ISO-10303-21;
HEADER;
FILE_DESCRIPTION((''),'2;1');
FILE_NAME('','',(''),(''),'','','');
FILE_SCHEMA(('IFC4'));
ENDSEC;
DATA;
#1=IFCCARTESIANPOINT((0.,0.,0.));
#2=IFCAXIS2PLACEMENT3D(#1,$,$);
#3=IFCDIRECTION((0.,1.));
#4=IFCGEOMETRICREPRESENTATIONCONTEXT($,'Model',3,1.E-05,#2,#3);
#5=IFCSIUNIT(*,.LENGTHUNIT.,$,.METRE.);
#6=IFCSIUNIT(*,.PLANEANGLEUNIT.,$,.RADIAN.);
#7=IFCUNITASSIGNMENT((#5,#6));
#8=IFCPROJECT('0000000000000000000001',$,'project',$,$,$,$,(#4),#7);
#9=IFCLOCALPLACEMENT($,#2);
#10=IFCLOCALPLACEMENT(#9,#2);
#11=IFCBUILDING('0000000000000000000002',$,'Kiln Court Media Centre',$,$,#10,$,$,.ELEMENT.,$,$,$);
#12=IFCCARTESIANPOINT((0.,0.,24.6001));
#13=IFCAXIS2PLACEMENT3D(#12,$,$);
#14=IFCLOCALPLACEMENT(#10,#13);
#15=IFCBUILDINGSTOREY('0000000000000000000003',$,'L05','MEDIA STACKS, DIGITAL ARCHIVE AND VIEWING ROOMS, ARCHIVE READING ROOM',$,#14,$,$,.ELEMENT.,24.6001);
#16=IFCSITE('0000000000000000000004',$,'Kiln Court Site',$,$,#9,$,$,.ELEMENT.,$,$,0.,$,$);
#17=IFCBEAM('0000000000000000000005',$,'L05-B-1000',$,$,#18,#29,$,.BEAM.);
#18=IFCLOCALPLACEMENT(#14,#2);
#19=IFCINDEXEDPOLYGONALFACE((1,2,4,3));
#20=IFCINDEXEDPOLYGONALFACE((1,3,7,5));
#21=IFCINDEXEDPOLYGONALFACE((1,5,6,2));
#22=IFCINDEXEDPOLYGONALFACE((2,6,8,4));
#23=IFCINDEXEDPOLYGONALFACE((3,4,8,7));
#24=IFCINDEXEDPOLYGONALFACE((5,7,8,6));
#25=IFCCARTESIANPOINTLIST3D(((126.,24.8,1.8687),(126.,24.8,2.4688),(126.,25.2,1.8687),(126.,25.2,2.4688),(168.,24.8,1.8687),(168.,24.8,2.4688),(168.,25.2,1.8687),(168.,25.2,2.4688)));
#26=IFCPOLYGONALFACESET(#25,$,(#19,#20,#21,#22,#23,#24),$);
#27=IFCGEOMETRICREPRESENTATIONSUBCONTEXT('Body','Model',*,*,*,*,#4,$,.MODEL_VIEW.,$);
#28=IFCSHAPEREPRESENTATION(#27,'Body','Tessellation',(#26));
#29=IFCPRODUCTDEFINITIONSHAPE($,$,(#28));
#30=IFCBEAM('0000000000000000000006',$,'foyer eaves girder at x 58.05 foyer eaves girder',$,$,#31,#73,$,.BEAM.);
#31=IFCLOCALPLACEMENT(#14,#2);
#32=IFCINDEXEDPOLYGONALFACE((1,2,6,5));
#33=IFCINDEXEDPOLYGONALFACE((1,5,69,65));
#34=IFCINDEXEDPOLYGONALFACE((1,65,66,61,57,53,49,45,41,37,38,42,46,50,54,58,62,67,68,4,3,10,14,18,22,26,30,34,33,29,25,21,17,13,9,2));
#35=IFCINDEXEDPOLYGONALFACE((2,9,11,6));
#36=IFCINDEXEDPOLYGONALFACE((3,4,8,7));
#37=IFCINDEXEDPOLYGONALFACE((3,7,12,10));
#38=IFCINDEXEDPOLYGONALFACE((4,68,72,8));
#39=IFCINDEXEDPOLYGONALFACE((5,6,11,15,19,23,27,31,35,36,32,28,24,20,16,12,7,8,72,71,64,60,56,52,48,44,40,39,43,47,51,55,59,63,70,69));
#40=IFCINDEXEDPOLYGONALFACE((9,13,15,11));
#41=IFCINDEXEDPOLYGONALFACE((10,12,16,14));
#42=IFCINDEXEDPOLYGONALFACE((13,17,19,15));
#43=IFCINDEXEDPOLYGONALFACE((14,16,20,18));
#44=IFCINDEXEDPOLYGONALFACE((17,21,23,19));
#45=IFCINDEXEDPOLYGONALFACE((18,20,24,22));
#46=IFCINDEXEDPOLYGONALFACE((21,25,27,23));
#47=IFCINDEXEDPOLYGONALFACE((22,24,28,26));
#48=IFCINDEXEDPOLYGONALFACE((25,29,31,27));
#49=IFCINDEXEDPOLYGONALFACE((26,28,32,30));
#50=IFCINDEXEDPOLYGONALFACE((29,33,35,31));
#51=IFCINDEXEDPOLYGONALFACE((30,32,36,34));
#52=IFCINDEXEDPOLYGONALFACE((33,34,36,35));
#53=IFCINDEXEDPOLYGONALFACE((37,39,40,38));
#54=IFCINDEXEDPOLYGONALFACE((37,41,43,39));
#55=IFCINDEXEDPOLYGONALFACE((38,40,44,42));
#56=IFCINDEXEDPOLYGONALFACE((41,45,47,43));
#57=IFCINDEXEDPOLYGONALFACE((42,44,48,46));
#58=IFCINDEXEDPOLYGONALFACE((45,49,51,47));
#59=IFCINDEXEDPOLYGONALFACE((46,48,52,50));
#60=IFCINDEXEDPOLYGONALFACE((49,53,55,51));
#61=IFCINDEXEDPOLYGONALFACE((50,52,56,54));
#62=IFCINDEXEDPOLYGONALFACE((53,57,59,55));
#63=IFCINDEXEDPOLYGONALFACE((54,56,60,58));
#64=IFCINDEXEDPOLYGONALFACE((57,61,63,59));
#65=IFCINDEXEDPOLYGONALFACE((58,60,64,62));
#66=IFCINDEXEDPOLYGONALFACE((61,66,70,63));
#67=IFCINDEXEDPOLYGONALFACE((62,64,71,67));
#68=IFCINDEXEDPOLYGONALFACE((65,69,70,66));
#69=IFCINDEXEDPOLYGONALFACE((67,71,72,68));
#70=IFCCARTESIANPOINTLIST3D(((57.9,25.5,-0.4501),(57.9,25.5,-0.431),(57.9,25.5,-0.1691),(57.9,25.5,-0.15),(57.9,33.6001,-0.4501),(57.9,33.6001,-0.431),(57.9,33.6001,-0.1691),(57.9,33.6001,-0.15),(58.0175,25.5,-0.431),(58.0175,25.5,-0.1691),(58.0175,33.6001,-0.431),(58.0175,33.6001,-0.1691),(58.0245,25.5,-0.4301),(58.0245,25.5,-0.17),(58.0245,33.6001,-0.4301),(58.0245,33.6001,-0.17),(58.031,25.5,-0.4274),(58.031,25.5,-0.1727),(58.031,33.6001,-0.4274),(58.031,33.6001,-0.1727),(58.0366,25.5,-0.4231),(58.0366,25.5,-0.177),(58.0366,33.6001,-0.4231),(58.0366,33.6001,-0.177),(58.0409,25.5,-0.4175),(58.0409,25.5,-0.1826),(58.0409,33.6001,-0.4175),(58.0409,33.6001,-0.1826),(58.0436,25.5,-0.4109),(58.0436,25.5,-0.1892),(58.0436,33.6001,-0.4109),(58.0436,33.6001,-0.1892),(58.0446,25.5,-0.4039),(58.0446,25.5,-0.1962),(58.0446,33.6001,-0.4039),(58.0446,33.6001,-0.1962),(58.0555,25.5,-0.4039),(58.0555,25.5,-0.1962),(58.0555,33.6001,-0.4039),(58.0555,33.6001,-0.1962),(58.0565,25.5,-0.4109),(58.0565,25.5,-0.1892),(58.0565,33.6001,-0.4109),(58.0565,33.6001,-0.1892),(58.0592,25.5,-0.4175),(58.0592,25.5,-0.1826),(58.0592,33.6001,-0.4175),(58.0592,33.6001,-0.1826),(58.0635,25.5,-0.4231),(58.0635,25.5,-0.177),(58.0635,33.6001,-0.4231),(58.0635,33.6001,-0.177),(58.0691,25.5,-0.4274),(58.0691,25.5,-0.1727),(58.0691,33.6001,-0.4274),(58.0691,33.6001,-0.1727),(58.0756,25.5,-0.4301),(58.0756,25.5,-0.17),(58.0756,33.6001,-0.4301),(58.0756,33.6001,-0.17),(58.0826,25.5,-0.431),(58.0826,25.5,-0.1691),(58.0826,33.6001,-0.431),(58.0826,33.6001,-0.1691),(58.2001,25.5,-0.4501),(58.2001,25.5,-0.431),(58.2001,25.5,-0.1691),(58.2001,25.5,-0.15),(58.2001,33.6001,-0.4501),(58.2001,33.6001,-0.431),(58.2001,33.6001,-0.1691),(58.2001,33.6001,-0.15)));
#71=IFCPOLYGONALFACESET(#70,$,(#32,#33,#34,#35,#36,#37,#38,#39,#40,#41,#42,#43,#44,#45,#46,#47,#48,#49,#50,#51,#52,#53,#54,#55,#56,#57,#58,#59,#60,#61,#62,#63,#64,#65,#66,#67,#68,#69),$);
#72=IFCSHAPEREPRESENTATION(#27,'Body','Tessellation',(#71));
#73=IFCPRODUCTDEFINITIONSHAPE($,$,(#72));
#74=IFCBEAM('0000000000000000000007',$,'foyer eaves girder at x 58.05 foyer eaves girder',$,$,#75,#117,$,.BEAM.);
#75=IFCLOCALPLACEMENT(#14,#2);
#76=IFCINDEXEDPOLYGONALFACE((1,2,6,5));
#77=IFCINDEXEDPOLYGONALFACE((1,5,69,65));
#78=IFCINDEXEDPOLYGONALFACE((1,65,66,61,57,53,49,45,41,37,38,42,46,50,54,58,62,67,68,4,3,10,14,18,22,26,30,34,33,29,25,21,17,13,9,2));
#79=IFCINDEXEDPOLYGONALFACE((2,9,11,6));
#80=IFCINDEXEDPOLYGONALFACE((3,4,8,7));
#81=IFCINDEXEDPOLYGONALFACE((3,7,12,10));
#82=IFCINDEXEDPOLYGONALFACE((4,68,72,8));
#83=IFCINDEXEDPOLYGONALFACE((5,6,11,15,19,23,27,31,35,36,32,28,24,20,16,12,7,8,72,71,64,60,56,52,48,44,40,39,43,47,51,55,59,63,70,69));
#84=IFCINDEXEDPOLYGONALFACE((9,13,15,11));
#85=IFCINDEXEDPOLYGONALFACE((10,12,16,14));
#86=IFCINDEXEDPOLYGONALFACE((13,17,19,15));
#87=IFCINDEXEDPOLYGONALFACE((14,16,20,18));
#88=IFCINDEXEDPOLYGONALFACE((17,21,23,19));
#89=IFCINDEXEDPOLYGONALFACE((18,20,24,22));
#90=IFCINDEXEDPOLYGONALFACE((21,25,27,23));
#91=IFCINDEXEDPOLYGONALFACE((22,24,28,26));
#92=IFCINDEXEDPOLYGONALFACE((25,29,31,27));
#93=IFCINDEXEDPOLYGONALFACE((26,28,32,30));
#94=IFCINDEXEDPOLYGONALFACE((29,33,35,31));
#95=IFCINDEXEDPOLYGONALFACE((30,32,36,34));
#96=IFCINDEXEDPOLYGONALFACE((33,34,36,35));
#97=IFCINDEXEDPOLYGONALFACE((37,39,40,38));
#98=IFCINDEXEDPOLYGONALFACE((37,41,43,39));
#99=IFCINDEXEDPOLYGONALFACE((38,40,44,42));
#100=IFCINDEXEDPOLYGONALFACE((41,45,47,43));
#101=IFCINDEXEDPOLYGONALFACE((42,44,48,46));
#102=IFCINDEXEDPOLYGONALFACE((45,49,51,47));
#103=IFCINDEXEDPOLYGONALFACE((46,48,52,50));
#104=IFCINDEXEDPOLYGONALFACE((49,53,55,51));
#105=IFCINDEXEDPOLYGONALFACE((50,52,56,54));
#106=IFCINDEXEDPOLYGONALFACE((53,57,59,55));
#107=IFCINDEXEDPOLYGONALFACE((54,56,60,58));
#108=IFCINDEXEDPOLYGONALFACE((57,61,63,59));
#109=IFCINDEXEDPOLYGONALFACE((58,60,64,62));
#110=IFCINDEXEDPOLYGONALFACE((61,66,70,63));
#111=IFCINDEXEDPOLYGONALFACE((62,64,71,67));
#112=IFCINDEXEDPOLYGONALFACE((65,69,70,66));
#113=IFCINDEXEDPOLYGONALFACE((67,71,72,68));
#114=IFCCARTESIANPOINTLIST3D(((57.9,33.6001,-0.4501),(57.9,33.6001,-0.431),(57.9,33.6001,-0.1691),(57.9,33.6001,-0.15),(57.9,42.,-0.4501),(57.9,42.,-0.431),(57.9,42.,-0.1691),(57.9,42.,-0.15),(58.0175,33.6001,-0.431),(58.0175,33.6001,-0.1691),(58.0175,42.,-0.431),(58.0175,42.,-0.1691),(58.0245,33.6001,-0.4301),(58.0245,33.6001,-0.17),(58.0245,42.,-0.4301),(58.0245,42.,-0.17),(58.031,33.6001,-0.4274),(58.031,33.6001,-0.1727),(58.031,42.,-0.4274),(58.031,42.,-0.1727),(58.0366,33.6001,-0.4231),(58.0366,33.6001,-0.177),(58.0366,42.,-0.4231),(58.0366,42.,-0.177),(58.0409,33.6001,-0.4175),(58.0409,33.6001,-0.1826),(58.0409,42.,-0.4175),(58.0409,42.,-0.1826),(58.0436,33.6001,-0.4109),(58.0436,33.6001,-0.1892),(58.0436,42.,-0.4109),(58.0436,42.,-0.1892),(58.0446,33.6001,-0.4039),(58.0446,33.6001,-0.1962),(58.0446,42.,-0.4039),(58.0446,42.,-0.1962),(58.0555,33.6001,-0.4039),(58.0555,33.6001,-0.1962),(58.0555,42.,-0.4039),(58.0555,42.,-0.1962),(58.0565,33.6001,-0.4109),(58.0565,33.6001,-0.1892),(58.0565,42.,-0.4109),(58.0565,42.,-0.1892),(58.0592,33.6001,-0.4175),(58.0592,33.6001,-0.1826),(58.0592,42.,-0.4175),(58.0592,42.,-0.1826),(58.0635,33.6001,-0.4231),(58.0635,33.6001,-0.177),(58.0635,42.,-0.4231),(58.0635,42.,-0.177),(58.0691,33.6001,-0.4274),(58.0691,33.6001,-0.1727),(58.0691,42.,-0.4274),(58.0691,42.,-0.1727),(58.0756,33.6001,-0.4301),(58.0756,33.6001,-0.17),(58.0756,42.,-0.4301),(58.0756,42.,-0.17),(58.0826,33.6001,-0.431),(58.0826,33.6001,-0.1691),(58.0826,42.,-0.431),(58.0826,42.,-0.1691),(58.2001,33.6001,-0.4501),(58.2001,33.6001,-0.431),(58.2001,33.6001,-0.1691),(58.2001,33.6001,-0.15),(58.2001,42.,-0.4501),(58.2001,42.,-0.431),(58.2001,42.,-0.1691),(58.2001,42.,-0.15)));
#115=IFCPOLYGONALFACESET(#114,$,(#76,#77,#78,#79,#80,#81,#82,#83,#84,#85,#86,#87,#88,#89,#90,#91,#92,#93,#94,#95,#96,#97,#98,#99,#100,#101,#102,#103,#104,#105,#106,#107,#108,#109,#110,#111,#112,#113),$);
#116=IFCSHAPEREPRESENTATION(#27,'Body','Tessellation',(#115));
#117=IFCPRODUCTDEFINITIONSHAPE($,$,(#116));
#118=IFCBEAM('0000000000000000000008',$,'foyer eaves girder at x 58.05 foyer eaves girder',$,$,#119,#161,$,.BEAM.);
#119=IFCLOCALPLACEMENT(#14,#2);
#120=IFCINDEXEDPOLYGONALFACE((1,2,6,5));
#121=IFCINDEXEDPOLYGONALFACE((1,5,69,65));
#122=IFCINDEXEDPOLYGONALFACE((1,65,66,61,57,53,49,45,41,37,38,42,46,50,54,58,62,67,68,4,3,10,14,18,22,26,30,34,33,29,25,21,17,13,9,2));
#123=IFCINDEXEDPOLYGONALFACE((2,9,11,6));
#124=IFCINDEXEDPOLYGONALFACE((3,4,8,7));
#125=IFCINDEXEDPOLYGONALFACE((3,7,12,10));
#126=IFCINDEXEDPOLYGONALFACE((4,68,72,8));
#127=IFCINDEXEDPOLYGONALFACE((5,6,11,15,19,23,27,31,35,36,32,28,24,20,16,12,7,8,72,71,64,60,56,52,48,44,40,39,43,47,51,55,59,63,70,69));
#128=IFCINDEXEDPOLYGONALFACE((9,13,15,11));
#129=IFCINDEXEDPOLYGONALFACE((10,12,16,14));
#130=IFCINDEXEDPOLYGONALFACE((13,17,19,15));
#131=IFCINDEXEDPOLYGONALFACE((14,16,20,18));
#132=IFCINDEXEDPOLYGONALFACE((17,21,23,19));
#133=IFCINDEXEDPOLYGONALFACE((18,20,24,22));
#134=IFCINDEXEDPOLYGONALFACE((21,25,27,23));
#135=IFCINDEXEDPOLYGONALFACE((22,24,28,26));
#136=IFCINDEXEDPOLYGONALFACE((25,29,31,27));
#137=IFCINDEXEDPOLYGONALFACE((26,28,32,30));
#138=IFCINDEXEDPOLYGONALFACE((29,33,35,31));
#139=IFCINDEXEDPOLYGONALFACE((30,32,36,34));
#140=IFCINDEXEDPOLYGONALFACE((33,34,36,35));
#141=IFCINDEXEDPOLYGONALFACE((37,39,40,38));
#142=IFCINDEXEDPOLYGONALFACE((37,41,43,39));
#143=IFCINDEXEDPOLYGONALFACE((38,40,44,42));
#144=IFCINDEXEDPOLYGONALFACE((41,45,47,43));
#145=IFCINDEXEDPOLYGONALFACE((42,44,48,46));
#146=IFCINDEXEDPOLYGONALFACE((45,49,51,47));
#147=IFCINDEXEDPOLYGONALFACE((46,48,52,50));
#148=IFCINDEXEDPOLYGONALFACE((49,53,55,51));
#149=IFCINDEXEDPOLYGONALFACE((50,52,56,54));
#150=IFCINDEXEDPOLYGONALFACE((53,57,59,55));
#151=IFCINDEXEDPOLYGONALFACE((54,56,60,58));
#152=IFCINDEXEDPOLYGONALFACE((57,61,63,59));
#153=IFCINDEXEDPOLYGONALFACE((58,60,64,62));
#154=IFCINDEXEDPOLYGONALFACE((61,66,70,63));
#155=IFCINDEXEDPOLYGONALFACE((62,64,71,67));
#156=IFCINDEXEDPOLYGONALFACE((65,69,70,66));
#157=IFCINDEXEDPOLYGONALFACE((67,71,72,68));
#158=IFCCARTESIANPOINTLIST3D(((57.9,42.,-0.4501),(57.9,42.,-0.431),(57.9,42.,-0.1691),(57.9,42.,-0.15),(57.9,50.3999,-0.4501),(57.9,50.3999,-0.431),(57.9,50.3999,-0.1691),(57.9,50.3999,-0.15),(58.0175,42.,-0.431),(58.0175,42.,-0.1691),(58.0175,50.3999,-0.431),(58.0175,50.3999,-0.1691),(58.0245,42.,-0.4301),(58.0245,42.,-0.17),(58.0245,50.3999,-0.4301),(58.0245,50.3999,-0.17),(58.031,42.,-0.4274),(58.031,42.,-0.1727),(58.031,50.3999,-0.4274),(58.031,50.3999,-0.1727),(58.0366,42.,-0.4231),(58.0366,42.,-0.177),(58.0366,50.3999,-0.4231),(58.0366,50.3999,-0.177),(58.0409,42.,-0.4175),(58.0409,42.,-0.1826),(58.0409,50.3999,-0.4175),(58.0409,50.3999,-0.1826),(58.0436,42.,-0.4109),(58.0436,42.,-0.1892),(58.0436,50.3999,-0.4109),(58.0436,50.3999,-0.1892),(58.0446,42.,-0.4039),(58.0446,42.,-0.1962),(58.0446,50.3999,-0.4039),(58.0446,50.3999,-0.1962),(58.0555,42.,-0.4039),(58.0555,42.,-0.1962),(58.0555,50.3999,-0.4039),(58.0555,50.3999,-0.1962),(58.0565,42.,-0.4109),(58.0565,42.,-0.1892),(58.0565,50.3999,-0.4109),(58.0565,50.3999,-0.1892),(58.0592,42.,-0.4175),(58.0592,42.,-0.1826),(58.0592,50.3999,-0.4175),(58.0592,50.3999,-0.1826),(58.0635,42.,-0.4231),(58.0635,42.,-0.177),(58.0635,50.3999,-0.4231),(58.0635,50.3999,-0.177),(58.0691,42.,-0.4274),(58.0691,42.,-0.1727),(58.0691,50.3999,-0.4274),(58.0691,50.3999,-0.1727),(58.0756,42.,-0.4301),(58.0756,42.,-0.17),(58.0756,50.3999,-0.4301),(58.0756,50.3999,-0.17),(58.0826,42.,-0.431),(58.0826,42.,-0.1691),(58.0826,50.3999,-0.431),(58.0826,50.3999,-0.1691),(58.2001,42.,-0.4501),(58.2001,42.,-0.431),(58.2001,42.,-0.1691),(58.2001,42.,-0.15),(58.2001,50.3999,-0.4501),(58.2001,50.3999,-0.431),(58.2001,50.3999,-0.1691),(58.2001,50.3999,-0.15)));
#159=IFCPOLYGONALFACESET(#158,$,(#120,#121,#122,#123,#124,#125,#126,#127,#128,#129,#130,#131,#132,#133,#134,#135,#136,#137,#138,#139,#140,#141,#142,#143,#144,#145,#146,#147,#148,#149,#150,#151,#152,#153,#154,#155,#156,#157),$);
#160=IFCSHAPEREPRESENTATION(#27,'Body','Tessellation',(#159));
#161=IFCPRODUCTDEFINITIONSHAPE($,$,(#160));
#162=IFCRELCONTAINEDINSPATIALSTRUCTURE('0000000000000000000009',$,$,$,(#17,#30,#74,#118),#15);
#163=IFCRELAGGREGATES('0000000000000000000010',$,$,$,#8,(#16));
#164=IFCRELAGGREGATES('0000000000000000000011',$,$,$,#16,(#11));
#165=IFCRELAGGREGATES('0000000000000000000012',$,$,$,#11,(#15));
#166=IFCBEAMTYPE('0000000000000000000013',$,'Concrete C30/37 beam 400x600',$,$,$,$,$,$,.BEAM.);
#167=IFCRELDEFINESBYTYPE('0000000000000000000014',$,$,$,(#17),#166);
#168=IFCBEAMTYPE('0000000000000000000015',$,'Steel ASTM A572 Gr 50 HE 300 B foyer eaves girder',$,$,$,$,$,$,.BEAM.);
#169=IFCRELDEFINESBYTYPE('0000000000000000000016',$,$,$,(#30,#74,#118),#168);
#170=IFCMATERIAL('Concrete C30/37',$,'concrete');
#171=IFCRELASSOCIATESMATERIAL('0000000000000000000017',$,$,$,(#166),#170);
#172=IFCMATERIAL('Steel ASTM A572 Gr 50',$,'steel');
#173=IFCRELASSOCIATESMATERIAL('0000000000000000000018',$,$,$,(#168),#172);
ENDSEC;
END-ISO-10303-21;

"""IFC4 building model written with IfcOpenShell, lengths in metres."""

from ifc_helpers import new_model, si_unit, direction, frame, origin, origin_2d, place, context, subcontext, project, spatial, rectangle, i_section, extrude, material, material_profile, profile_set, type_object, element, save


model = new_model("IFC4")

# Units and contexts
model_context = context("Model", 3, precision=1e-05, world=origin(), true_north=direction((0.0, 1.0)))
body_context = subcontext(model_context, "Body", "Model", "MODEL_VIEW")
ifc_project = project(units=[si_unit("LENGTHUNIT", "METRE"), si_unit("PLANEANGLEUNIT", "RADIAN")], contexts=[model_context])

# Site, building, storey
site_placement = place(None, origin())
site = spatial("IfcSite", under=ifc_project, at=site_placement, Name="Kiln Court Site", CompositionType="ELEMENT", RefElevation=0.0)
building_placement = place(site_placement, origin())
building = spatial("IfcBuilding", under=site, at=building_placement, Name="Kiln Court Media Centre", CompositionType="ELEMENT")
storey_placement = place(building_placement, frame((0.0, 0.0, 24.6001)))
storey = spatial("IfcBuildingStorey", under=building, at=storey_placement, Name="L05", Description="MEDIA STACKS, DIGITAL ARCHIVE AND VIEWING ROOMS, ARCHIVE READING ROOM", CompositionType="ELEMENT", Elevation=24.6001)

# Beams
ifc_material_1 = material(Name="Concrete C30/37", Category="concrete")
ifc_material_profile_1 = material_profile(ifc_material_1, rectangle(XDim=0.3999, YDim=0.6001, at=origin_2d()), Name="RC 400x600")
ifc_profile_set_1 = profile_set([ifc_material_profile_1], Name="Concrete C30/37")
beam_type_1 = type_object("IfcBeamType", Name="Concrete C30/37 beam 400x600", PredefinedType="BEAM", material=ifc_profile_set_1)
beam_1_placement = place(storey_placement, frame((126.0, 25.0, 2.1687), z_axis=(1.0, 0.0, 0.0), x_axis=(0.0, 1.0, 0.0)))
element("IfcBeam", 1, at=beam_1_placement, inside=storey, type_object=beam_type_1, Name="L05-B-1000", PredefinedType="BEAM", context=body_context, shape_type="SweptSolid", body=[
    extrude(rectangle(XDim=0.3999, YDim=0.6001, at=origin_2d()), origin(), (0.0, 0.0, 1.0), 42.0),
])
ifc_material_2 = material(Name="Steel ASTM A572 Gr 50", Category="steel")
ifc_material_profile_2 = material_profile(ifc_material_2, i_section(OverallWidth=0.3, OverallDepth=0.3, WebThickness=0.011, FlangeThickness=0.019, FilletRadius=0.0271, at=origin_2d()), Name="HE 300 B")
ifc_profile_set_2 = profile_set([ifc_material_profile_2], Name="Steel ASTM A572 Gr 50")
beam_type_2 = type_object("IfcBeamType", Name="Steel ASTM A572 Gr 50 HE 300 B foyer eaves girder", PredefinedType="BEAM", material=ifc_profile_set_2)
beam_2_placement = place(storey_placement, frame((58.05, 25.5, -0.3), z_axis=(0.0, 1.0, 0.0), x_axis=(-1.0, 0.0, 0.0)))
element("IfcBeam", 2, at=beam_2_placement, inside=storey, type_object=beam_type_2, Name="foyer eaves girder at x 58.05 foyer eaves girder", PredefinedType="BEAM", context=body_context, shape_type="SweptSolid", body=[
    extrude(i_section(OverallWidth=0.3, OverallDepth=0.3, WebThickness=0.011, FlangeThickness=0.019, FilletRadius=0.0271, at=origin_2d()), origin(), (0.0, 0.0, 1.0), 8.1001),
])
for number, where, z_axis, x_axis, name in (
    (3, (58.05, 33.6001, -0.3), (0.0, 1.0, 0.0), (-1.0, 0.0, 0.0), "foyer eaves girder at x 58.05 foyer eaves girder"),
    (4, (58.05, 42.0, -0.3), (0.0, 1.0, 0.0), (-1.0, 0.0, 0.0), "foyer eaves girder at x 58.05 foyer eaves girder"),
):
    element("IfcBeam", number, at=place(storey_placement, frame(where, z_axis=z_axis, x_axis=x_axis)), inside=storey, type_object=beam_type_2, Name=name, PredefinedType="BEAM", context=body_context, shape_type="SweptSolid", body=[
        extrude(i_section(OverallWidth=0.3, OverallDepth=0.3, WebThickness=0.011, FlangeThickness=0.019, FilletRadius=0.0271, at=origin_2d()), origin(), (0.0, 0.0, 1.0), 8.3999),
    ])

save(model, "model.ifc")
